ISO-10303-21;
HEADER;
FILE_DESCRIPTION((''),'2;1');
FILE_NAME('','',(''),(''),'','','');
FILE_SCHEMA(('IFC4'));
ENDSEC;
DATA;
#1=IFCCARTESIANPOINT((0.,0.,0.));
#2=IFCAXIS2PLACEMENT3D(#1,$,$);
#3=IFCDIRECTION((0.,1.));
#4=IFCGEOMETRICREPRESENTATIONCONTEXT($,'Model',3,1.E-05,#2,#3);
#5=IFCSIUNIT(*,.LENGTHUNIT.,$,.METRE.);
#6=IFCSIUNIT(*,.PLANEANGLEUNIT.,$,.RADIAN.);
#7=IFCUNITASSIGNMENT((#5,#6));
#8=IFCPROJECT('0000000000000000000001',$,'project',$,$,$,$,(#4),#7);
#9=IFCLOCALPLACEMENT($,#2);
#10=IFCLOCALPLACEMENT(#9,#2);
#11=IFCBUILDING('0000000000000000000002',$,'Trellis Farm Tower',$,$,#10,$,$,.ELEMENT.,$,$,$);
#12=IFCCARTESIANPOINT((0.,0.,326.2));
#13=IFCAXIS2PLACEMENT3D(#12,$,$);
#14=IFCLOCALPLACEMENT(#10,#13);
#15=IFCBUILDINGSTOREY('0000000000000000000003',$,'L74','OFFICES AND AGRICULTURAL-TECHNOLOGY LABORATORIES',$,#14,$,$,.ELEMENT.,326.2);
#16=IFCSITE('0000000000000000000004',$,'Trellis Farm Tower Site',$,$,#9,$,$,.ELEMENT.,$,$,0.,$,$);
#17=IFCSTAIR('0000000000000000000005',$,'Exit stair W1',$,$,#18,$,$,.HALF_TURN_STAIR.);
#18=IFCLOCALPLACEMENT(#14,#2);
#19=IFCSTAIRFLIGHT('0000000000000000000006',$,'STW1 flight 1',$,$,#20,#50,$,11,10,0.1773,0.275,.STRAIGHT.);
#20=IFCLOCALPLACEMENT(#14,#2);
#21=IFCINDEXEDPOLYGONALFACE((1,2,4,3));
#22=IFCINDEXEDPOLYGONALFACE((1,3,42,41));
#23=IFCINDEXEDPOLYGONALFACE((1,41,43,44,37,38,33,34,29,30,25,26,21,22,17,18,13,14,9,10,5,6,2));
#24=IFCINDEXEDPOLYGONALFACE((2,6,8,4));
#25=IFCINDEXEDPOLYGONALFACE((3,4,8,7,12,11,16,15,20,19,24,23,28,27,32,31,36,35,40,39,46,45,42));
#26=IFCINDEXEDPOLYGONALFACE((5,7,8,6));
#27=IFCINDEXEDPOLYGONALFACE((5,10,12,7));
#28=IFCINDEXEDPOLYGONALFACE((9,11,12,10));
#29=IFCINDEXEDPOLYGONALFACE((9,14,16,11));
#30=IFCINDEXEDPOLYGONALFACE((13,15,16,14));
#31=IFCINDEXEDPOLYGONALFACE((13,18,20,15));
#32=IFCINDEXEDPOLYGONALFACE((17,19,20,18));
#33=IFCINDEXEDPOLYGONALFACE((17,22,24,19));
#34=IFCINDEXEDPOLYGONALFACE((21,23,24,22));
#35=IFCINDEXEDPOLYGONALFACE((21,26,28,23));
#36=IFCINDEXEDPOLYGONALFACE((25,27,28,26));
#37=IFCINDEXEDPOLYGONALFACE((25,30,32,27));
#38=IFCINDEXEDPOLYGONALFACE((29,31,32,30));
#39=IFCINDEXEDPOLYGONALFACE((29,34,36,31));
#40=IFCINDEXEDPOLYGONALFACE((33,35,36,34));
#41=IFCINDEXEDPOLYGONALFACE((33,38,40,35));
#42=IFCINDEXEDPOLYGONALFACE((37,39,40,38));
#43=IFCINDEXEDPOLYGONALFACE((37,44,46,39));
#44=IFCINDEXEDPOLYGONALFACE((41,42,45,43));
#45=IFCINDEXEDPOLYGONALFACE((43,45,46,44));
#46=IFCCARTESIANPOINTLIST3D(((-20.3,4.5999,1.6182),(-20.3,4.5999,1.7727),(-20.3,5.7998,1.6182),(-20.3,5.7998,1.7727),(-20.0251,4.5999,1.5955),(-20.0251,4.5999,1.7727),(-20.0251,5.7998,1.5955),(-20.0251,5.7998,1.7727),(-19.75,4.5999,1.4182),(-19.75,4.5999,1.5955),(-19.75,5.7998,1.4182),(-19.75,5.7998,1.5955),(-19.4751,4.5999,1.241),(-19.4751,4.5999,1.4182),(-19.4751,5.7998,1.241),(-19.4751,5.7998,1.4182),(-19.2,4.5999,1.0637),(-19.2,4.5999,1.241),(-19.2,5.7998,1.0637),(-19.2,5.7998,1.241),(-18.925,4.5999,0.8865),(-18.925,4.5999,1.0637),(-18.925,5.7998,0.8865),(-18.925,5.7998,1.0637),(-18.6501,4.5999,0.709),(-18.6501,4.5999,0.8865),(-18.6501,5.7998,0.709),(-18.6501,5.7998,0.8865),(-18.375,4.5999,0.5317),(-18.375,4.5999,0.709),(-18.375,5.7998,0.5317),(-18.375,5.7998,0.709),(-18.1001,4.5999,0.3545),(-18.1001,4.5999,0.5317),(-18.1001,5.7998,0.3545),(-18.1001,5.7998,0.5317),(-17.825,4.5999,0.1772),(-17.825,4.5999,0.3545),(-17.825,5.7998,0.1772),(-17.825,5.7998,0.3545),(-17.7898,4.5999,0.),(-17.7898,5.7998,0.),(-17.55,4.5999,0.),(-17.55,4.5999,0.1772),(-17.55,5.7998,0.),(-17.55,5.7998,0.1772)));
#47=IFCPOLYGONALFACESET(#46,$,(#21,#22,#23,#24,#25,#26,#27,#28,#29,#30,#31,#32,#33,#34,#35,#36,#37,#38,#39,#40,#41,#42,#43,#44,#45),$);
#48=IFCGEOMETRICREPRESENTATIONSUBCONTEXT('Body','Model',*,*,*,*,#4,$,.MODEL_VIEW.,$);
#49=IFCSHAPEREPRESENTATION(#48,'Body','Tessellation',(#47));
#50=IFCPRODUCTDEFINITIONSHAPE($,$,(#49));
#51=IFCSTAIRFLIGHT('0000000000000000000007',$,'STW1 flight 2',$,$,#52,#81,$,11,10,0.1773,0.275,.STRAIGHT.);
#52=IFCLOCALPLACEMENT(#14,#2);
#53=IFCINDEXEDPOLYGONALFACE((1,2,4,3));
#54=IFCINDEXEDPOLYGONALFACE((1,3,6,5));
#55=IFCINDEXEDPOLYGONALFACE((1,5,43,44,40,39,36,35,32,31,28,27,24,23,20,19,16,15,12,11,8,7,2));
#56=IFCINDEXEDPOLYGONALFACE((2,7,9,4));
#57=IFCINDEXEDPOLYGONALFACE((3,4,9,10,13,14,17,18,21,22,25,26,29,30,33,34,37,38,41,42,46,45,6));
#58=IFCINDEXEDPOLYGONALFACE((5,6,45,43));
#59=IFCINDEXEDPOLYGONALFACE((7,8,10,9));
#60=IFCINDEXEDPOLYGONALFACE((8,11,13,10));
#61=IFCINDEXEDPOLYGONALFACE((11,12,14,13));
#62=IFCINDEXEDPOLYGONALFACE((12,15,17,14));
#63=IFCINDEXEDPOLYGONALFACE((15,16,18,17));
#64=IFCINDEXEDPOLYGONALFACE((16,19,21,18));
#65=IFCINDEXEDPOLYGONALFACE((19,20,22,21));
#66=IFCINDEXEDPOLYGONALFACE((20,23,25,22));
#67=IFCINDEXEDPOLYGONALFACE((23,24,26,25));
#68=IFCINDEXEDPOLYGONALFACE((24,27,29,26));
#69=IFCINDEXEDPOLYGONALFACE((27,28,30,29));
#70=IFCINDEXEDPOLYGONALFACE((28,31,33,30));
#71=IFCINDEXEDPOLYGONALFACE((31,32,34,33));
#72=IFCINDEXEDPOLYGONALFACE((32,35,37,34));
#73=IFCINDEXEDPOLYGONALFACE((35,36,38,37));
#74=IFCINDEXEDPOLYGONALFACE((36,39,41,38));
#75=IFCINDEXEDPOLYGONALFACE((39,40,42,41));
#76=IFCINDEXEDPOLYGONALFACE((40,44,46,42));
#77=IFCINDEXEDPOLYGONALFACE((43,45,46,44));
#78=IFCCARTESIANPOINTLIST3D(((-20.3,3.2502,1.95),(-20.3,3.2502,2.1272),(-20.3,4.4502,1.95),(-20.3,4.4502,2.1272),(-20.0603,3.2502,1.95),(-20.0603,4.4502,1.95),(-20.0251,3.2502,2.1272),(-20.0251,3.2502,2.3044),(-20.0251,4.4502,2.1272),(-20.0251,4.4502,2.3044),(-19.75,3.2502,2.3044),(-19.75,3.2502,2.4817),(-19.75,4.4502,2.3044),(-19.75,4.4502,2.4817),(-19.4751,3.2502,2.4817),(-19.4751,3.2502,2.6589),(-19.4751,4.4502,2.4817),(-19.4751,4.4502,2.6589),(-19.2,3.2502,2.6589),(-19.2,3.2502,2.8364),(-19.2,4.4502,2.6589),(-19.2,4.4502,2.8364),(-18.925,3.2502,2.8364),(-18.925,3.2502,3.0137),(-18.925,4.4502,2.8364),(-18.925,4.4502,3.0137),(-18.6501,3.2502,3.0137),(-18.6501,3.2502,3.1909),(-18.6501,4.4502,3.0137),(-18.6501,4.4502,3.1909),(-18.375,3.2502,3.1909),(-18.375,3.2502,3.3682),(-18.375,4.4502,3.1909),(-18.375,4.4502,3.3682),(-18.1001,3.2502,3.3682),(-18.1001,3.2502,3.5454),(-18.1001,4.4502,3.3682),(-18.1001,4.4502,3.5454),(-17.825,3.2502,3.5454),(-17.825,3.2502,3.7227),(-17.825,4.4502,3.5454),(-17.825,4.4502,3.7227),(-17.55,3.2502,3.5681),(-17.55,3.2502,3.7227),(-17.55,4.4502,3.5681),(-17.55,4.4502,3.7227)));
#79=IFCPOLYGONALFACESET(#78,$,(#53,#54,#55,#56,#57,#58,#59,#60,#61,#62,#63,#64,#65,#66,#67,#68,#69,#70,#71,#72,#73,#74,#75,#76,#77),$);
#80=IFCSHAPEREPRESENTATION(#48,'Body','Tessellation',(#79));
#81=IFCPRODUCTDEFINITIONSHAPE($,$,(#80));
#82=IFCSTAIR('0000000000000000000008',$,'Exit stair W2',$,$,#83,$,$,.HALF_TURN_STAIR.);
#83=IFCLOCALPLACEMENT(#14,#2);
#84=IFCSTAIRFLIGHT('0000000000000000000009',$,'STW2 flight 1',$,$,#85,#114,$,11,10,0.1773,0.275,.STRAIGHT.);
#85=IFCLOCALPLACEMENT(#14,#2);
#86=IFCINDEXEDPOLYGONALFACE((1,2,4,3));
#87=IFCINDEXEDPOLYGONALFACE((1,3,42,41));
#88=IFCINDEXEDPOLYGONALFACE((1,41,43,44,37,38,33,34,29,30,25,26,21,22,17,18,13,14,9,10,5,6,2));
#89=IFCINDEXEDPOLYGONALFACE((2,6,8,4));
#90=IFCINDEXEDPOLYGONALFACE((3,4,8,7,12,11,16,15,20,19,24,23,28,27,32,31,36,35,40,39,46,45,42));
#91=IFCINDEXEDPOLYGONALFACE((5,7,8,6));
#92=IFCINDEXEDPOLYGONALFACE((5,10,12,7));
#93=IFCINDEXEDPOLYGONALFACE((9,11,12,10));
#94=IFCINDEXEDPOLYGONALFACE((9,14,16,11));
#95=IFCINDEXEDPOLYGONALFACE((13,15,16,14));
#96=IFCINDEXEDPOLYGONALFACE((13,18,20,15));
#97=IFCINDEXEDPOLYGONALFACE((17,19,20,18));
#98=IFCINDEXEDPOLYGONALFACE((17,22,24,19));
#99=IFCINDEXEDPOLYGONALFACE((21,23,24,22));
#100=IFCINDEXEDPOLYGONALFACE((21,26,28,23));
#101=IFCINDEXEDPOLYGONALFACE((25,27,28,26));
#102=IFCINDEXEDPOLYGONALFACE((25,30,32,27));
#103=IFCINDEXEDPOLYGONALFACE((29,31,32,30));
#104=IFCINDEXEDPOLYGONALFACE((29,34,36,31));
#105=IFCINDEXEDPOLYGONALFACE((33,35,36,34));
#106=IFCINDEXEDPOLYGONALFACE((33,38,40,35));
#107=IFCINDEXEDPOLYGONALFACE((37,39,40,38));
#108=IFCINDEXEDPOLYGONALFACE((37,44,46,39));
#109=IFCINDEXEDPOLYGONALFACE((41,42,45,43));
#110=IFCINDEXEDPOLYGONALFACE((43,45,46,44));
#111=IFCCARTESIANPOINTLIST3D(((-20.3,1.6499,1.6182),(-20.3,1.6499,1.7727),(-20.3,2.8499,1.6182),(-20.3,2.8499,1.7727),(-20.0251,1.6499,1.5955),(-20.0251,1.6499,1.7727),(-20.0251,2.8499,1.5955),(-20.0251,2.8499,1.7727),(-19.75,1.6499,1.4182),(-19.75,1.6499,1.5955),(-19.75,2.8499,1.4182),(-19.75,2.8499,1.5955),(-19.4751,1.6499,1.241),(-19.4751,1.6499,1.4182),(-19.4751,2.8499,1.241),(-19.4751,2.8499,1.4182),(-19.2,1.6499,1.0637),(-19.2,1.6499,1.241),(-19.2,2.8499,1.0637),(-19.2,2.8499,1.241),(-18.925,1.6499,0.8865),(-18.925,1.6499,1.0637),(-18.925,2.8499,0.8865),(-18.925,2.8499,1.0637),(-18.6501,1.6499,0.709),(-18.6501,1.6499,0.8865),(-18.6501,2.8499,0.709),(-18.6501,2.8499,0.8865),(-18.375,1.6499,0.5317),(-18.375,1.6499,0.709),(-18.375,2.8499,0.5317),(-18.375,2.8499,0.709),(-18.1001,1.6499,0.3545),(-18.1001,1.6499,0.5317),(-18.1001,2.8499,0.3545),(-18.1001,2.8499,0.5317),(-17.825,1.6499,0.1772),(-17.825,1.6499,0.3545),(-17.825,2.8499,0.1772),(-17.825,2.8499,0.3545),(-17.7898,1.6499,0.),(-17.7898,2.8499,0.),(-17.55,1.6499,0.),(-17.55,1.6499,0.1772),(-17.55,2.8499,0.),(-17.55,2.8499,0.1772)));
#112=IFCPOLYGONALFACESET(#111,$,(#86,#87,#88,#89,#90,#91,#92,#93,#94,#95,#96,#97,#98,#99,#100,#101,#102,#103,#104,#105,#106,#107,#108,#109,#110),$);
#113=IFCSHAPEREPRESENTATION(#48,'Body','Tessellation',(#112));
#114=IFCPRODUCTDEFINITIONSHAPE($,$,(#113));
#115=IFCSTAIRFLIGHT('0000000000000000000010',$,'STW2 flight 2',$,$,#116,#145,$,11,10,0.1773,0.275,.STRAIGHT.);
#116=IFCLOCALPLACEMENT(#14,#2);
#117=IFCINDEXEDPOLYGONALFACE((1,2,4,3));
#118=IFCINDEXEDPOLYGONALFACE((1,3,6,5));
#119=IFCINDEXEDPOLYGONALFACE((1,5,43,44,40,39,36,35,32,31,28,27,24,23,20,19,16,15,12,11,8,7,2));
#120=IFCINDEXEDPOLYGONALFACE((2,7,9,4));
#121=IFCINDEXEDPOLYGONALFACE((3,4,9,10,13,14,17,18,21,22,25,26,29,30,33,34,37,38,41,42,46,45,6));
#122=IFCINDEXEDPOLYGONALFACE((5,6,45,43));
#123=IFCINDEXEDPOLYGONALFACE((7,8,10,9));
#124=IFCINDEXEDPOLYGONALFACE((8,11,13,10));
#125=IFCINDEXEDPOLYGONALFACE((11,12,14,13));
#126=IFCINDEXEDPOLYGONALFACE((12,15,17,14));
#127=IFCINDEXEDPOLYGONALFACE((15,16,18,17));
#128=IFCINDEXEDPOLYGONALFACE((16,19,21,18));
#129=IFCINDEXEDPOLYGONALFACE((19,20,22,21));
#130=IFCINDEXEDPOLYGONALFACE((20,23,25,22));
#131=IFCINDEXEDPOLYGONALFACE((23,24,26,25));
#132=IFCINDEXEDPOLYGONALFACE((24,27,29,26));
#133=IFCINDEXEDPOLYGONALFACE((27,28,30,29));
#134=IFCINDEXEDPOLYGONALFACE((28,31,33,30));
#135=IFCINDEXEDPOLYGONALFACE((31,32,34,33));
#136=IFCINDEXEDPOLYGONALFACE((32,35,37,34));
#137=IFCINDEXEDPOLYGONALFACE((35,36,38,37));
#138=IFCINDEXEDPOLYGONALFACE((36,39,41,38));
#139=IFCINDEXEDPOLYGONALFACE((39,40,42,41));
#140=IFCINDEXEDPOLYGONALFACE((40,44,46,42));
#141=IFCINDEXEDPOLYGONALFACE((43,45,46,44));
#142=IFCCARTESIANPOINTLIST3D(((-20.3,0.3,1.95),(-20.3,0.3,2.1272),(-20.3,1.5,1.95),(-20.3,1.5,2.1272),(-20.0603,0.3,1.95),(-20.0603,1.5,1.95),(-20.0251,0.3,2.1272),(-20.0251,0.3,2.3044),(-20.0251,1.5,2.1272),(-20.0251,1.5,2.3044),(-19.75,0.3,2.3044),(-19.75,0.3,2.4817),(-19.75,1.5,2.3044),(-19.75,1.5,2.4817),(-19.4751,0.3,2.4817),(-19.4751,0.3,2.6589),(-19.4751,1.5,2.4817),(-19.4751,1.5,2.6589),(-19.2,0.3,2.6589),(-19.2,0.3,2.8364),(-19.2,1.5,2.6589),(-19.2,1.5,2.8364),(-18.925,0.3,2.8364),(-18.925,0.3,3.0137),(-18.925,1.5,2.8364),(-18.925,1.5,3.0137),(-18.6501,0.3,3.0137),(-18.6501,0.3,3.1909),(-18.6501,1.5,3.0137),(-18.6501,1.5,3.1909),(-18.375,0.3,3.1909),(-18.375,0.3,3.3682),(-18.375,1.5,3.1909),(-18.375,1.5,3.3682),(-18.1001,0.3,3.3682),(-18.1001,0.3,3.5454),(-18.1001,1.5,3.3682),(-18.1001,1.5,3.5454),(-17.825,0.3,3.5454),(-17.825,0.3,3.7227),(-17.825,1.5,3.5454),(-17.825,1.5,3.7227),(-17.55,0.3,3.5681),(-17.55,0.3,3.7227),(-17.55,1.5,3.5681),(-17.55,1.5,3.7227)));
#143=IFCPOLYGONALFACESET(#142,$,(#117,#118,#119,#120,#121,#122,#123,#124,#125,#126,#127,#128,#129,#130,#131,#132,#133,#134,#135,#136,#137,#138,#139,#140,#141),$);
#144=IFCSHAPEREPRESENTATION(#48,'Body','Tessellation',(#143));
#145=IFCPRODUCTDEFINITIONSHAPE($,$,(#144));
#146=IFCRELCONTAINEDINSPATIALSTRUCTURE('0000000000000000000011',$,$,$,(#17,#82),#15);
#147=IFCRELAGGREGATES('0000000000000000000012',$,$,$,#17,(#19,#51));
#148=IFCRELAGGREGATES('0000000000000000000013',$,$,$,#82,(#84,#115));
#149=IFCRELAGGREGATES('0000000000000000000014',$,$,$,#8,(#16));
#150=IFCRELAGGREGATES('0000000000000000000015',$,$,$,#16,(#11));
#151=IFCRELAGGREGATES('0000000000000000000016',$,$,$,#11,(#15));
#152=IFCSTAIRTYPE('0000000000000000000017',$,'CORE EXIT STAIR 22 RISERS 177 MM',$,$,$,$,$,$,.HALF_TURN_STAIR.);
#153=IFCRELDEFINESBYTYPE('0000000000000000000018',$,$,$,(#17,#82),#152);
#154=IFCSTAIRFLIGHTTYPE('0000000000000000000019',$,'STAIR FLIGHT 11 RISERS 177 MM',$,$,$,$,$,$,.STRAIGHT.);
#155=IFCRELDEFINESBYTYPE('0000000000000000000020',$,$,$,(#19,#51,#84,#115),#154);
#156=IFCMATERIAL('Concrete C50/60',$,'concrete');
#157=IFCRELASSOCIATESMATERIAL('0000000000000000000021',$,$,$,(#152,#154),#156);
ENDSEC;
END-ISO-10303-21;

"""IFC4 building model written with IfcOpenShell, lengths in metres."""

from ifc_helpers import new_model, si_unit, direction, frame, origin, place, context, subcontext, project, spatial, polyline, outline, extrude, source, transform, mapped, material, type_object, element, aggregate, save


model = new_model("IFC4")

# Units and contexts
model_context = context("Model", 3, precision=1e-05, world=origin(), true_north=direction((0.0, 1.0)))
body_context = subcontext(model_context, "Body", "Model", "MODEL_VIEW")
ifc_project = project(units=[si_unit("LENGTHUNIT", "METRE"), si_unit("PLANEANGLEUNIT", "RADIAN")], contexts=[model_context])

# Site, building, storey
site_placement = place(None, origin())
site = spatial("IfcSite", under=ifc_project, at=site_placement, Name="Trellis Farm Tower Site", CompositionType="ELEMENT", RefElevation=0.0)
building_placement = place(site_placement, origin())
building = spatial("IfcBuilding", under=site, at=building_placement, Name="Trellis Farm Tower", CompositionType="ELEMENT")
storey_placement = place(building_placement, frame((0.0, 0.0, 326.2)))
storey = spatial("IfcBuildingStorey", under=building, at=storey_placement, Name="L74", Description="OFFICES AND AGRICULTURAL-TECHNOLOGY LABORATORIES", CompositionType="ELEMENT", Elevation=326.2)

# Shared definitions
placement = place(storey_placement, origin())

# Shared definitions
ifc_material_1 = material(Name="Concrete C50/60", Category="concrete")

# Stairs, stair flights
stair_type = type_object("IfcStairType", Name="CORE EXIT STAIR 22 RISERS 177 MM", PredefinedType="HALF_TURN_STAIR", material=ifc_material_1)
stair_1 = element("IfcStair", 1, at=placement, inside=storey, type_object=stair_type, Name="Exit stair W1", PredefinedType="HALF_TURN_STAIR")
stair_flight_type = type_object("IfcStairFlightType", Name="STAIR FLIGHT 11 RISERS 177 MM", PredefinedType="STRAIGHT", material=ifc_material_1)
shared_shape_1 = source(origin(), body_context, "Body", "SweptSolid", [
    extrude(outline(polyline([(0.0, 0.0), (0.0, 0.1772), (0.2749, 0.1772), (0.2749, 0.3545), (0.55, 0.3545), (0.55, 0.5317), (0.825, 0.5317), (0.825, 0.709), (1.1001, 0.709), (1.1001, 0.8865), (1.375, 0.8865), (1.375, 1.0637), (1.6499, 1.0637), (1.6499, 1.241), (1.925, 1.241), (1.925, 1.4182), (2.2, 1.4182), (2.2, 1.5955), (2.4751, 1.5955), (2.4751, 1.7727), (2.75, 1.7727), (2.75, 1.95), (2.75, 1.6182), (0.2397, 0.0), (0.0, 0.0)])), frame((0.0, 0.6001, 0.0), z_axis=(0.0, -1.0, 0.0), x_axis=(1.0, 0.0, 0.0)), (0.0, 0.0, 1.0), 1.2),
])
stair_flight_1_placement = place(storey_placement, frame((-17.55, 5.2, 0.0), z_axis=(0.0, 0.0, 1.0), x_axis=(-1.0, 0.0, 0.0)))
stair_flight_1 = element("IfcStairFlight", 2, at=stair_flight_1_placement, type_object=stair_flight_type, Name="STW1 flight 1", NumberOfRisers=11, NumberOfTreads=10, PredefinedType="STRAIGHT", RiserHeight=0.1773, TreadLength=0.275, context=body_context, shape_type="MappedRepresentation", body=[
    mapped(shared_shape_1, transform((0.0, 0.0, 0.0))),
])
stair_flight_2_placement = place(storey_placement, frame((-20.3, 3.8501, 1.95), z_axis=(0.0, 0.0, 1.0), x_axis=(1.0, 0.0, 0.0)))
stair_flight_2 = element("IfcStairFlight", 3, at=stair_flight_2_placement, type_object=stair_flight_type, Name="STW1 flight 2", NumberOfRisers=11, NumberOfTreads=10, PredefinedType="STRAIGHT", RiserHeight=0.1773, TreadLength=0.275, context=body_context, shape_type="MappedRepresentation", body=[
    mapped(shared_shape_1, transform((0.0, 0.0, 0.0))),
])
aggregate(stair_1, [stair_flight_1, stair_flight_2])
stair_2 = element("IfcStair", 4, at=placement, inside=storey, type_object=stair_type, Name="Exit stair W2", PredefinedType="HALF_TURN_STAIR")
stair_flight_3_placement = place(storey_placement, frame((-17.55, 2.25, 0.0), z_axis=(0.0, 0.0, 1.0), x_axis=(-1.0, 0.0, 0.0)))
stair_flight_3 = element("IfcStairFlight", 5, at=stair_flight_3_placement, type_object=stair_flight_type, Name="STW2 flight 1", NumberOfRisers=11, NumberOfTreads=10, PredefinedType="STRAIGHT", RiserHeight=0.1773, TreadLength=0.275, context=body_context, shape_type="MappedRepresentation", body=[
    mapped(shared_shape_1, transform((0.0, 0.0, 0.0))),
])
stair_flight_4_placement = place(storey_placement, frame((-20.3, 0.8999, 1.95), z_axis=(0.0, 0.0, 1.0), x_axis=(1.0, 0.0, 0.0)))
stair_flight_4 = element("IfcStairFlight", 6, at=stair_flight_4_placement, type_object=stair_flight_type, Name="STW2 flight 2", NumberOfRisers=11, NumberOfTreads=10, PredefinedType="STRAIGHT", RiserHeight=0.1773, TreadLength=0.275, context=body_context, shape_type="MappedRepresentation", body=[
    mapped(shared_shape_1, transform((0.0, 0.0, 0.0))),
])
aggregate(stair_2, [stair_flight_3, stair_flight_4])

save(model, "model.ifc")
